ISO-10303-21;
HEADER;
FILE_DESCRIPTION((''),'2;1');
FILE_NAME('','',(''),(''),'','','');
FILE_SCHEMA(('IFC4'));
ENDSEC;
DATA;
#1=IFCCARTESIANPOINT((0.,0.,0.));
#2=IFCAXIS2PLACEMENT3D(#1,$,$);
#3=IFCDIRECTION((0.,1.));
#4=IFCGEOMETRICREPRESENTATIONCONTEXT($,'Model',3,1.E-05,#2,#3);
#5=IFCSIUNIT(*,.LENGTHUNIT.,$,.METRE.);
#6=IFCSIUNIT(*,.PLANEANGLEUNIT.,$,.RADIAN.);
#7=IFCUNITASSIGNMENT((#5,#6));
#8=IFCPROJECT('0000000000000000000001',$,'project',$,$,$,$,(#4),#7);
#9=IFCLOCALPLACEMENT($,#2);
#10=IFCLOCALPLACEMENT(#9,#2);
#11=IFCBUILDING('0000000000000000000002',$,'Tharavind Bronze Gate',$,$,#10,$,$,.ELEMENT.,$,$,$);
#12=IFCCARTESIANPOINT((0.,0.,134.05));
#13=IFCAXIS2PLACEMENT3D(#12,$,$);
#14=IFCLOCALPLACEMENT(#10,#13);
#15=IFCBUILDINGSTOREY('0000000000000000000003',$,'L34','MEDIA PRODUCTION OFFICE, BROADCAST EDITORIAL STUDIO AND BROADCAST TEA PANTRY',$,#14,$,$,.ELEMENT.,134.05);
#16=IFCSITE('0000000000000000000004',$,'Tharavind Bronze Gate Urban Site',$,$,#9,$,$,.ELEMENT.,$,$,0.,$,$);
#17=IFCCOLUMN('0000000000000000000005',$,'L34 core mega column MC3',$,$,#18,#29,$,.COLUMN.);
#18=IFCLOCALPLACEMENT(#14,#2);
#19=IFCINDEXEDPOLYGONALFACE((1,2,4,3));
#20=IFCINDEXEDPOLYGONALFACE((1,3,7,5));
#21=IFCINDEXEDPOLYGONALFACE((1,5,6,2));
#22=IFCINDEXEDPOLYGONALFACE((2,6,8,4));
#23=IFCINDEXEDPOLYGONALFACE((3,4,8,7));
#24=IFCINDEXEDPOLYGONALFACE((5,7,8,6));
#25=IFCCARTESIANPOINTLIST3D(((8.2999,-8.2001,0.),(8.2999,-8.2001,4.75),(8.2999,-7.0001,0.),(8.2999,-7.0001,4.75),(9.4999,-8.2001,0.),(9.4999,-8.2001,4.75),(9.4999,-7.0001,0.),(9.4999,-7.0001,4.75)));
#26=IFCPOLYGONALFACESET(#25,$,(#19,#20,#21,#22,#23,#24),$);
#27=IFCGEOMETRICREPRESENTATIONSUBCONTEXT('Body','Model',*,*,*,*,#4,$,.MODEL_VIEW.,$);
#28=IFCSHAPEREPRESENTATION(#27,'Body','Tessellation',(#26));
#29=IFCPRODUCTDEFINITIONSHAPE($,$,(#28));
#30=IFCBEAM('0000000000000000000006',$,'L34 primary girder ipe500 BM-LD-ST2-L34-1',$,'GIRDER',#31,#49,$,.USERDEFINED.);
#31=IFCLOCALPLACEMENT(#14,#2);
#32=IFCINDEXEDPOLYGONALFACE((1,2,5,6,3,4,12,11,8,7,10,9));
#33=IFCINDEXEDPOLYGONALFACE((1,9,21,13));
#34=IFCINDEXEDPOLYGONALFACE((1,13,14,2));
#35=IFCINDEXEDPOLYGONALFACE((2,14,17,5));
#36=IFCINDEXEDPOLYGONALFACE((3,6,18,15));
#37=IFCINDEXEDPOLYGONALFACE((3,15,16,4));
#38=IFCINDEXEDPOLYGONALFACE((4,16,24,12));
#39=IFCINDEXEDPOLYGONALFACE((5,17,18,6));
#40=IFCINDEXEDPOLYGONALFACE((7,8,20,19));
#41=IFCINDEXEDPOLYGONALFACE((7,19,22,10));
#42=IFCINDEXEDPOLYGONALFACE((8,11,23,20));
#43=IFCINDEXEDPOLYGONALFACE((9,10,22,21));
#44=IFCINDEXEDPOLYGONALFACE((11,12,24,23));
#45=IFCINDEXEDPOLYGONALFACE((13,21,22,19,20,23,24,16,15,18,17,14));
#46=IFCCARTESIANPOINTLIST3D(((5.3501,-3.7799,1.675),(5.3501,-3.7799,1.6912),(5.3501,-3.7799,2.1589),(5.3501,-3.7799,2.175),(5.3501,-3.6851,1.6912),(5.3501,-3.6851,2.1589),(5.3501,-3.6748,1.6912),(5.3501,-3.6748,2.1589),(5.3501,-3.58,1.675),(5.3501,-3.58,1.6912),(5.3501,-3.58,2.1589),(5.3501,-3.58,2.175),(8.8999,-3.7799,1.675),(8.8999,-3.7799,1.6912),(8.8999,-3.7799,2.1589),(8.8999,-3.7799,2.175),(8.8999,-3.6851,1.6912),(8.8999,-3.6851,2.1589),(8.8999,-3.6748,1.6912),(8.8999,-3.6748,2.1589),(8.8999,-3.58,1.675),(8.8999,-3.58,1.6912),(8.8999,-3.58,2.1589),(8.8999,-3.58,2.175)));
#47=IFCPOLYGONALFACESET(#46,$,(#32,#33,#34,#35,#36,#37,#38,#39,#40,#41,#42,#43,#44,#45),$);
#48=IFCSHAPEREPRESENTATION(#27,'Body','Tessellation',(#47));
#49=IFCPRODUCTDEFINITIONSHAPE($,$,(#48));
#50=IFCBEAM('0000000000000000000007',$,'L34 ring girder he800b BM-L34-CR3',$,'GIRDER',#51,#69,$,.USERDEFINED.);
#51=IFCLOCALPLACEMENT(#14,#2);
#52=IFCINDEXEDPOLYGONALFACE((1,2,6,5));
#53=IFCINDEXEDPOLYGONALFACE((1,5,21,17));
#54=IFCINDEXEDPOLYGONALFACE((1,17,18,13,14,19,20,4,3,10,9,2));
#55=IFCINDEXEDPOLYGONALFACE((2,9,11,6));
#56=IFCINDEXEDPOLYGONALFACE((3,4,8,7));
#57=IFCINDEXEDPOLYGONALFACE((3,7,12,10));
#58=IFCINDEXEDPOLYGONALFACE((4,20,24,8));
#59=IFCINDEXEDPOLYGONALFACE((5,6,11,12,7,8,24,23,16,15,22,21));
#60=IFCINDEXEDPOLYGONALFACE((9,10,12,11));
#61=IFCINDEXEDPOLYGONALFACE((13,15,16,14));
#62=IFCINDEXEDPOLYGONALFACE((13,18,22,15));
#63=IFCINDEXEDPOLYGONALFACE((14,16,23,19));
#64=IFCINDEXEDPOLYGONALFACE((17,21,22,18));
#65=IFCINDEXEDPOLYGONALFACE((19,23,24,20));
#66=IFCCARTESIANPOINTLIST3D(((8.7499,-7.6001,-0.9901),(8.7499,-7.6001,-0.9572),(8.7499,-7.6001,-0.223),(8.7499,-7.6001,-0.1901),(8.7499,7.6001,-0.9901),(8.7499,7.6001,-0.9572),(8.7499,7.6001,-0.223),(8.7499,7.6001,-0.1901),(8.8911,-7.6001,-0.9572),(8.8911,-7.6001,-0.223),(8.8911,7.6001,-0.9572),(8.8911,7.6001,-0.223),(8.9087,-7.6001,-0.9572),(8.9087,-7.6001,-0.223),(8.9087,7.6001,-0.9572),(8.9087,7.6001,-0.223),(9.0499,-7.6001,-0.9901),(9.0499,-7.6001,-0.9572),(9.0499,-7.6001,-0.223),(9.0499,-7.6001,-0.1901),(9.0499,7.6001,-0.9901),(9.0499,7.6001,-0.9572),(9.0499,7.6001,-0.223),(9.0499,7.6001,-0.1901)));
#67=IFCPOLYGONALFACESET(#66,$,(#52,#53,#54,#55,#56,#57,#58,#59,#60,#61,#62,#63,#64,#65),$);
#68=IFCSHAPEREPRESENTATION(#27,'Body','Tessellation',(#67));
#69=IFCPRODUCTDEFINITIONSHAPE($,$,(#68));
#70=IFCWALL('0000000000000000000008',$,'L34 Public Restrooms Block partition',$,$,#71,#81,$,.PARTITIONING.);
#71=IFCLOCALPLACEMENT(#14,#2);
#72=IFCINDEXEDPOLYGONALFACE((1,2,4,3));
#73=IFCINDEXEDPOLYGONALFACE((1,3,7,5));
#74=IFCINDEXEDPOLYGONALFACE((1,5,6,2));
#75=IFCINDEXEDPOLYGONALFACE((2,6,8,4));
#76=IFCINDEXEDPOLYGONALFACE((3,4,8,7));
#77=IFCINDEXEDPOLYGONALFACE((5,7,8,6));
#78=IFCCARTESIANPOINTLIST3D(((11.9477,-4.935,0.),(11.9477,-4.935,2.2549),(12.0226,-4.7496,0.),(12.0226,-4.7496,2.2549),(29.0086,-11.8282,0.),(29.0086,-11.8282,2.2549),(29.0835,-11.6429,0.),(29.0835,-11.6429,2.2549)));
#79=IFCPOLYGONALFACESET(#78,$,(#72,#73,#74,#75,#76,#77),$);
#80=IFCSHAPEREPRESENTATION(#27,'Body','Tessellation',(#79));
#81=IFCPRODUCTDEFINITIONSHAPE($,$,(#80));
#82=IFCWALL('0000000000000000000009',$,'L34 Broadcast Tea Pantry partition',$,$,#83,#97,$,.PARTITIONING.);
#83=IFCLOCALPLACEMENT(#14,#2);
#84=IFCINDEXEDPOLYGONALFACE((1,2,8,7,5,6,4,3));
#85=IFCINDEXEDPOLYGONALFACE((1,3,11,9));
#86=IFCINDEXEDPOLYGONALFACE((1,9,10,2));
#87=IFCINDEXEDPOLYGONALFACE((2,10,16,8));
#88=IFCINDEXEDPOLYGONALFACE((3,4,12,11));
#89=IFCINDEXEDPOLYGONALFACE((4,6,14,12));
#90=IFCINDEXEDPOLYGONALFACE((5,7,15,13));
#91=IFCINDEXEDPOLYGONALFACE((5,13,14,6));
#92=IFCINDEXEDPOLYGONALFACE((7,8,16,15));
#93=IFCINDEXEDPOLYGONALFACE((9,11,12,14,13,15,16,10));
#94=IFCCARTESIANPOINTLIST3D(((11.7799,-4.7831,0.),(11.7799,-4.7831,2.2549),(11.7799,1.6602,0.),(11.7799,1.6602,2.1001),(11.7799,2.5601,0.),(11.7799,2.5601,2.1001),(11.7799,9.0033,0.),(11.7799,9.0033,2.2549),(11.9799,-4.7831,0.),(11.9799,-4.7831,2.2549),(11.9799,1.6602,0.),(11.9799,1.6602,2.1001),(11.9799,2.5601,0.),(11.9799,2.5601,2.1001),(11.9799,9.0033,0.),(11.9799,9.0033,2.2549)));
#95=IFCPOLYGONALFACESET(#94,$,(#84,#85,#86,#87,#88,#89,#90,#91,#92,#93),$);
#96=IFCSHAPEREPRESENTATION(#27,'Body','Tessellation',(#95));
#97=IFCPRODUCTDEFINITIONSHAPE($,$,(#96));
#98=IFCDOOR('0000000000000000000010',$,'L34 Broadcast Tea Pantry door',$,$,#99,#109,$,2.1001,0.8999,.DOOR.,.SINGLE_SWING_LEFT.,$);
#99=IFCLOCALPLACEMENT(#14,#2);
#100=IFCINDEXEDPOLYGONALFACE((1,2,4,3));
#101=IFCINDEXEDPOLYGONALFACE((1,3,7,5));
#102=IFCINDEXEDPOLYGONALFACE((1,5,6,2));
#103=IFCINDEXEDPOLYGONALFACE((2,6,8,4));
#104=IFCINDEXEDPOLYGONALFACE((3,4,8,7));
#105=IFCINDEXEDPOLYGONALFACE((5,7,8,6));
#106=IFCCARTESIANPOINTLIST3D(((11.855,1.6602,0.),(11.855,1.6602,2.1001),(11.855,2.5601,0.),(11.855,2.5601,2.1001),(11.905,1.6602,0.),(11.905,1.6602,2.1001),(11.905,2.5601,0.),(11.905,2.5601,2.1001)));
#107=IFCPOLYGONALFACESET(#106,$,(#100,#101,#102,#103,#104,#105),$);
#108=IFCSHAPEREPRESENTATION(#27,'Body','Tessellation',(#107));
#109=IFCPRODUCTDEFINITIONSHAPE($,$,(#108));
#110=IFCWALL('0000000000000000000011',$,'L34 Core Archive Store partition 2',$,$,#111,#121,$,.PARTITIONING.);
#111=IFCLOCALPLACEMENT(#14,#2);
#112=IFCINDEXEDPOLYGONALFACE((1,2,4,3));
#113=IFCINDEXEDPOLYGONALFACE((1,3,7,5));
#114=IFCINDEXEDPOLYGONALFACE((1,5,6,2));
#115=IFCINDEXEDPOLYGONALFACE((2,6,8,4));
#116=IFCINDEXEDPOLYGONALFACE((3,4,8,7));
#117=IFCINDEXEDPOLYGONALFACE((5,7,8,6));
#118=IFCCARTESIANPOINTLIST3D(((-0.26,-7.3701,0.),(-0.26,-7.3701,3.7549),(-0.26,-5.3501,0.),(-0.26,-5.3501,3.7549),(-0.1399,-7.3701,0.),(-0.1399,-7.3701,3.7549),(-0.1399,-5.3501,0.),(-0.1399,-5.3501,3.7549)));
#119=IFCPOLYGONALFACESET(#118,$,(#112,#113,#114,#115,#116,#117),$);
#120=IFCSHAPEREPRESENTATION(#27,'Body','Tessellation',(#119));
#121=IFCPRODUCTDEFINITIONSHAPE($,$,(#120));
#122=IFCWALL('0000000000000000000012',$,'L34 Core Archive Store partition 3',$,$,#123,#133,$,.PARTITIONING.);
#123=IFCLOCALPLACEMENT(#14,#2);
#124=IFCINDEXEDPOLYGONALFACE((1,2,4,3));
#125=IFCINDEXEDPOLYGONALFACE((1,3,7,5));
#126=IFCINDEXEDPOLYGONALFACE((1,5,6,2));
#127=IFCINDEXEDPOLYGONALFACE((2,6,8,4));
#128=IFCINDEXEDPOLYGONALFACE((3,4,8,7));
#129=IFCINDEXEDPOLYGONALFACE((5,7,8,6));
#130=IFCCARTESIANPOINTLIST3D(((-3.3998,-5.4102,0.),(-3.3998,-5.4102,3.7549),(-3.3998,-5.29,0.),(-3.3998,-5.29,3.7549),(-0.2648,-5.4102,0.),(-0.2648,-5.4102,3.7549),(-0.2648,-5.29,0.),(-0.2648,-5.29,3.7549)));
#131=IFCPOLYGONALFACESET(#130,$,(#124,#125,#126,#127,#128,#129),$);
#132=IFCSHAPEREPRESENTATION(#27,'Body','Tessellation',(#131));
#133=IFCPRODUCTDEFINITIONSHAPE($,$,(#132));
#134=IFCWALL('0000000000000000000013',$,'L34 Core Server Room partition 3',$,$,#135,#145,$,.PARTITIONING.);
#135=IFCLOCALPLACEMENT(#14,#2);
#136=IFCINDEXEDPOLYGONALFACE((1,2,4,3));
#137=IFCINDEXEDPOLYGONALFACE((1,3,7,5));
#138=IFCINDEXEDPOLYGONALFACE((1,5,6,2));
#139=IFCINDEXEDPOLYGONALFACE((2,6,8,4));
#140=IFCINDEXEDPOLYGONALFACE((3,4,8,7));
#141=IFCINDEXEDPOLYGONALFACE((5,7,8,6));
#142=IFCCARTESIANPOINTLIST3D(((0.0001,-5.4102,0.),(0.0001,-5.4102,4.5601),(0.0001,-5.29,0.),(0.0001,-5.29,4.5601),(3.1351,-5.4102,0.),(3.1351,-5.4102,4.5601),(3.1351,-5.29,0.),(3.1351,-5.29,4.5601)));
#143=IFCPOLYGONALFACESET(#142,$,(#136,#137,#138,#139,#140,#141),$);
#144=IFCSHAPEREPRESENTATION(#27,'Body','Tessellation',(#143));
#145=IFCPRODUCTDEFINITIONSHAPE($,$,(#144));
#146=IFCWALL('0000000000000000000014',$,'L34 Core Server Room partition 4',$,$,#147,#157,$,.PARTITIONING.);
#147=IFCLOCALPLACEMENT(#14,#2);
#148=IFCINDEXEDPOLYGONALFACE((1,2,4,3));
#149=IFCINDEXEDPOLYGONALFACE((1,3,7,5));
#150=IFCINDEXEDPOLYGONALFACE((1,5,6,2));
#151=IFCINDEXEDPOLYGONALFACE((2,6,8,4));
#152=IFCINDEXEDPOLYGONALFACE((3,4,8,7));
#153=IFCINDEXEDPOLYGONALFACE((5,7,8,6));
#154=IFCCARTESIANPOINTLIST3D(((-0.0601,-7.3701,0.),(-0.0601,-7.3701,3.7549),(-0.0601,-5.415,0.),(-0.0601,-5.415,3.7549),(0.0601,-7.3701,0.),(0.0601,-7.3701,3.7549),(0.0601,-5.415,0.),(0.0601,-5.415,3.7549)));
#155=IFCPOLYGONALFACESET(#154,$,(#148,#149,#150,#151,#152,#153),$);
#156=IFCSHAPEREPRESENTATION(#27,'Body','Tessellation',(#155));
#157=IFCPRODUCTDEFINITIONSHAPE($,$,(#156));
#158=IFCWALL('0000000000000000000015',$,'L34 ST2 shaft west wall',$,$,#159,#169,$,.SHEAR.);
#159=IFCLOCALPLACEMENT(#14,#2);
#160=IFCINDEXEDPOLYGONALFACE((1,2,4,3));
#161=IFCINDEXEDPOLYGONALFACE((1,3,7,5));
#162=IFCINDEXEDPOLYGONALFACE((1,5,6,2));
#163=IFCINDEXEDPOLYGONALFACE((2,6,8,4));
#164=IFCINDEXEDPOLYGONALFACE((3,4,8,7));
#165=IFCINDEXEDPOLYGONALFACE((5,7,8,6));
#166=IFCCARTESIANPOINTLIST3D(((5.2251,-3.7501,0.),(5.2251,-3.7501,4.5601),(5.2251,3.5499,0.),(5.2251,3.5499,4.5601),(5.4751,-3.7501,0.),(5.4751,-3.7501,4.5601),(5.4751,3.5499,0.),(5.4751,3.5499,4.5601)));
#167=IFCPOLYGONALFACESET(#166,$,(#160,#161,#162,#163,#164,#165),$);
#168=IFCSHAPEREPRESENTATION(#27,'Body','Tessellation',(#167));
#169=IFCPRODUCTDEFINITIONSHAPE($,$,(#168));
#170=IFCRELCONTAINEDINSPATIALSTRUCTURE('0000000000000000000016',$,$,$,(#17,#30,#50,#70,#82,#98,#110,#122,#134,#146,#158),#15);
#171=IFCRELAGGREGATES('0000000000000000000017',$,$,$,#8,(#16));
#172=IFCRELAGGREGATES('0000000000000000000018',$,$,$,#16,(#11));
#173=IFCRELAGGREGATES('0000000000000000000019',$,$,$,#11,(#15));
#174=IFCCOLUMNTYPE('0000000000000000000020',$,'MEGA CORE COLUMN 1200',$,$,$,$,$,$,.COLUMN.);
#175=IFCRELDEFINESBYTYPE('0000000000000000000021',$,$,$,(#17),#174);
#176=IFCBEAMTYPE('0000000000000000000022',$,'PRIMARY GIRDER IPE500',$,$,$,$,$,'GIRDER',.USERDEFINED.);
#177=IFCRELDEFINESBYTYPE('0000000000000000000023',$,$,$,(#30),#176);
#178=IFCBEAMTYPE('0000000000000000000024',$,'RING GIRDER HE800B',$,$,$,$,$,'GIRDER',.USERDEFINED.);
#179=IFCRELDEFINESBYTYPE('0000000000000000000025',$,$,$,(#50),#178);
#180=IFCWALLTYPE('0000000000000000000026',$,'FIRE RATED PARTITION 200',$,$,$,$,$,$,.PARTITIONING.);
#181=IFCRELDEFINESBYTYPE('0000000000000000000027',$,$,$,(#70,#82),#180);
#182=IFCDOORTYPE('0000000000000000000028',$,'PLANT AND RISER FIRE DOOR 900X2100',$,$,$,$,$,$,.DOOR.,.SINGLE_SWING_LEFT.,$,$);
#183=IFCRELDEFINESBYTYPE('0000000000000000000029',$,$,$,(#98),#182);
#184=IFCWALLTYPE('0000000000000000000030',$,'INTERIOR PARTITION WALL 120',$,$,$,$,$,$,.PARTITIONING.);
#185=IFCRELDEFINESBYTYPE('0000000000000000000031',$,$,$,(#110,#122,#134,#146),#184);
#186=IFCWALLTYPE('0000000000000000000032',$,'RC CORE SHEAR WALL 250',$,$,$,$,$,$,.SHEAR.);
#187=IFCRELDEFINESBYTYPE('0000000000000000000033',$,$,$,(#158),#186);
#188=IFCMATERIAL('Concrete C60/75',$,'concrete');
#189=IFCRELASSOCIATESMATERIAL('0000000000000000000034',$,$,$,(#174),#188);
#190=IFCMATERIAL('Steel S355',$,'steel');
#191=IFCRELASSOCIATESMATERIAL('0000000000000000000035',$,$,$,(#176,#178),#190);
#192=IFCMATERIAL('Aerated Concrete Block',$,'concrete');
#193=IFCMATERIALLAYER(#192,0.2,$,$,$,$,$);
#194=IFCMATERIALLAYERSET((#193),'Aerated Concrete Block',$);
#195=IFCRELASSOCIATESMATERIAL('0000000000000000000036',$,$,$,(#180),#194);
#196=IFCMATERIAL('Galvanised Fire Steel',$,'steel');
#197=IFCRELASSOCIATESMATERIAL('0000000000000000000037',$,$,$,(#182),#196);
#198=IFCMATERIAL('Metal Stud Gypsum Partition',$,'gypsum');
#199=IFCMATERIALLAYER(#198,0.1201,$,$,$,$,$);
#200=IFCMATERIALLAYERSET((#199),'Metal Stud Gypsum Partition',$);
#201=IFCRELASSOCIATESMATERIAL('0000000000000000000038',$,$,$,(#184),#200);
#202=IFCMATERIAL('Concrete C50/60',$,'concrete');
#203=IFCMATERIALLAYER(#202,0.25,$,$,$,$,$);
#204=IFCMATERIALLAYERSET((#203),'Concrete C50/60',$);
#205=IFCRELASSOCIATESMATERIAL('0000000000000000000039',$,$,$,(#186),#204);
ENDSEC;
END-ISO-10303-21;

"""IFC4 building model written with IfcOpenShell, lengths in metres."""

from ifc_helpers import new_model, si_unit, direction, frame, frame_2d, origin, origin_2d, place, context, subcontext, project, spatial, rectangle, i_section, extrude, material, layer, layer_set, material_profile, profile_set, type_object, element, fill, save


model = new_model("IFC4")

# Units and contexts
model_context = context("Model", 3, precision=1e-05, world=origin(), true_north=direction((0.0, 1.0)))
body_context = subcontext(model_context, "Body", "Model", "MODEL_VIEW")
ifc_project = project(units=[si_unit("LENGTHUNIT", "METRE"), si_unit("PLANEANGLEUNIT", "RADIAN")], contexts=[model_context])

# Site, building, storey
site_placement = place(None, origin())
site = spatial("IfcSite", under=ifc_project, at=site_placement, Name="Tharavind Bronze Gate Urban Site", CompositionType="ELEMENT", RefElevation=0.0)
building_placement = place(site_placement, origin())
building = spatial("IfcBuilding", under=site, at=building_placement, Name="Tharavind Bronze Gate", CompositionType="ELEMENT")
storey_placement = place(building_placement, frame((0.0, 0.0, 134.05)))
storey = spatial("IfcBuildingStorey", under=building, at=storey_placement, Name="L34", Description="MEDIA PRODUCTION OFFICE, BROADCAST EDITORIAL STUDIO AND BROADCAST TEA PANTRY", CompositionType="ELEMENT", Elevation=134.05)

# Column
ifc_material_1 = material(Name="Concrete C60/75", Category="concrete")
ifc_material_profile_1 = material_profile(ifc_material_1, rectangle(XDim=1.2, YDim=1.2, at=origin_2d()), Name="RCCOL1200")
ifc_profile_set_1 = profile_set([ifc_material_profile_1], Name="Concrete C60/75")
column_type = type_object("IfcColumnType", Name="MEGA CORE COLUMN 1200", PredefinedType="COLUMN", material=ifc_profile_set_1)
column_placement = place(storey_placement, frame((8.8999, -7.6001, 0.0), z_axis=(0.0, 0.0, 1.0), x_axis=(1.0, 0.0, 0.0)))
element("IfcColumn", 1, at=column_placement, inside=storey, type_object=column_type, Name="L34 core mega column MC3", PredefinedType="COLUMN", context=body_context, shape_type="SweptSolid", body=[
    extrude(rectangle(XDim=1.2, YDim=1.2, at=origin_2d()), origin(), (0.0, 0.0, 1.0), 4.75),
])

# Beams
ifc_material_2 = material(Name="Steel S355", Category="steel")
ifc_material_profile_2 = material_profile(ifc_material_2, i_section(OverallWidth=0.2, OverallDepth=0.5, WebThickness=0.0103, FlangeThickness=0.0161, at=origin_2d()), Name="IPE500")
ifc_profile_set_2 = profile_set([ifc_material_profile_2], Name="Steel S355")
beam_type_1 = type_object("IfcBeamType", Name="PRIMARY GIRDER IPE500", ElementType="GIRDER", PredefinedType="USERDEFINED", material=ifc_profile_set_2)
beam_1_placement = place(storey_placement, frame((5.3501, -3.6799, 1.925), z_axis=(1.0, 0.0, 0.0), x_axis=(0.0, 1.0, 0.0)))
element("IfcBeam", 2, at=beam_1_placement, inside=storey, type_object=beam_type_1, Name="L34 primary girder ipe500 BM-LD-ST2-L34-1", ObjectType="GIRDER", PredefinedType="USERDEFINED", context=body_context, shape_type="SweptSolid", body=[
    extrude(i_section(OverallWidth=0.2, OverallDepth=0.5, WebThickness=0.0103, FlangeThickness=0.0161, at=origin_2d()), origin(), (0.0, 0.0, 1.0), 3.5498),
])
ifc_material_profile_3 = material_profile(ifc_material_2, i_section(OverallWidth=0.3, OverallDepth=0.8, WebThickness=0.0176, FlangeThickness=0.033, at=origin_2d()), Name="HE800B")
ifc_profile_set_3 = profile_set([ifc_material_profile_3], Name="Steel S355")
beam_type_2 = type_object("IfcBeamType", Name="RING GIRDER HE800B", ElementType="GIRDER", PredefinedType="USERDEFINED", material=ifc_profile_set_3)
beam_2_placement = place(storey_placement, frame((8.8999, -7.6001, -0.5901), z_axis=(0.0, 1.0, 0.0), x_axis=(-1.0, 0.0, 0.0)))
element("IfcBeam", 3, at=beam_2_placement, inside=storey, type_object=beam_type_2, Name="L34 ring girder he800b BM-L34-CR3", ObjectType="GIRDER", PredefinedType="USERDEFINED", context=body_context, shape_type="SweptSolid", body=[
    extrude(i_section(OverallWidth=0.3, OverallDepth=0.8, WebThickness=0.0176, FlangeThickness=0.033, at=origin_2d()), origin(), (0.0, 0.0, 1.0), 15.2002),
])

# Wall
ifc_material_3 = material(Name="Aerated Concrete Block", Category="concrete")
ifc_layer_1 = layer(ifc_material_3, 0.2)
ifc_layer_set_1 = layer_set([ifc_layer_1], Name="Aerated Concrete Block")
wall_type_1 = type_object("IfcWallType", Name="FIRE RATED PARTITION 200", PredefinedType="PARTITIONING", material=ifc_layer_set_1)
wall_1_placement = place(storey_placement, frame((11.9851, -4.8423, 0.0), z_axis=(0.0, 0.0, 1.0), x_axis=(0.92718, -0.374616, 0.0)))
element("IfcWall", 4, at=wall_1_placement, inside=storey, type_object=wall_type_1, Name="L34 Public Restrooms Block partition", PredefinedType="PARTITIONING", context=body_context, shape_type="SweptSolid", body=[
    extrude(rectangle(XDim=18.4009, YDim=0.2, at=frame_2d((9.2004, 0.0))), origin(), (0.0, 0.0, 1.0), 2.2549),
])

# Wall, opening, door
wall_2_placement = place(storey_placement, frame((11.8799, -4.783, 0.0), z_axis=(0.0, 0.0, 1.0), x_axis=(0.0, 1.0, 0.0)))
wall_2 = element("IfcWall", 5, at=wall_2_placement, inside=storey, type_object=wall_type_1, Name="L34 Broadcast Tea Pantry partition", PredefinedType="PARTITIONING", context=body_context, shape_type="SweptSolid", body=[
    extrude(rectangle(XDim=13.7864, YDim=0.2, at=frame_2d((6.8931, 0.0))), origin(), (0.0, 0.0, 1.0), 2.2549),
])
opening_1_placement = place(wall_2_placement, frame((6.4431, 0.0, 0.0)))
opening_1 = element("IfcOpeningElement", 6, at=opening_1_placement, cuts=wall_2, PredefinedType="OPENING", context=body_context, shape_type="SweptSolid", body=[
    extrude(rectangle(XDim=0.8999, YDim=2.1001, at=frame_2d((0.45, 1.05))), frame((0.0, 0.1101, 0.0), z_axis=(0.0, -1.0, 0.0), x_axis=(1.0, 0.0, 0.0)), (0.0, 0.0, 1.0), 0.22),
])
ifc_material_4 = material(Name="Galvanised Fire Steel", Category="steel")
door_type_1 = type_object("IfcDoorType", Name="PLANT AND RISER FIRE DOOR 900X2100", OperationType="SINGLE_SWING_LEFT", PredefinedType="DOOR", material=ifc_material_4)
door_1_placement = place(opening_1_placement, origin())
door_1 = element("IfcDoor", 7, at=door_1_placement, inside=storey, type_object=door_type_1, Name="L34 Broadcast Tea Pantry door", OperationType="SINGLE_SWING_LEFT", OverallHeight=2.1001, OverallWidth=0.8999, PredefinedType="DOOR", context=body_context, shape_type="SweptSolid", body=[
    extrude(rectangle(XDim=0.8999, YDim=2.1001, at=frame_2d((0.45, 1.05))), frame((0.0, 0.0249, 0.0), z_axis=(0.0, -1.0, 0.0), x_axis=(1.0, 0.0, 0.0)), (0.0, 0.0, 1.0), 0.05),
])
fill(opening_1, door_1)

# Walls
ifc_material_5 = material(Name="Metal Stud Gypsum Partition", Category="gypsum")
ifc_layer_2 = layer(ifc_material_5, 0.1201)
ifc_layer_set_2 = layer_set([ifc_layer_2], Name="Metal Stud Gypsum Partition")
wall_type_2 = type_object("IfcWallType", Name="INTERIOR PARTITION WALL 120", PredefinedType="PARTITIONING", material=ifc_layer_set_2)
wall_3_placement = place(storey_placement, frame((-0.2, -7.3701, 0.0), z_axis=(0.0, 0.0, 1.0), x_axis=(0.0, 1.0, 0.0)))
element("IfcWall", 8, at=wall_3_placement, inside=storey, type_object=wall_type_2, Name="L34 Core Archive Store partition 2", PredefinedType="PARTITIONING", context=body_context, shape_type="SweptSolid", body=[
    extrude(rectangle(XDim=2.02, YDim=0.1201, at=frame_2d((1.01, 0.0))), origin(), (0.0, 0.0, 1.0), 3.7549),
])
wall_4_placement = place(storey_placement, frame((-0.2649, -5.3501, 0.0), z_axis=(0.0, 0.0, 1.0), x_axis=(-1.0, 0.0, 0.0)))
element("IfcWall", 9, at=wall_4_placement, inside=storey, type_object=wall_type_2, Name="L34 Core Archive Store partition 3", PredefinedType="PARTITIONING", context=body_context, shape_type="SweptSolid", body=[
    extrude(rectangle(XDim=3.135, YDim=0.1201, at=frame_2d((1.5674, 0.0))), origin(), (0.0, 0.0, 1.0), 3.7549),
])
wall_5_placement = place(storey_placement, frame((3.135, -5.3501, 0.0), z_axis=(0.0, 0.0, 1.0), x_axis=(-1.0, 0.0, 0.0)))
element("IfcWall", 10, at=wall_5_placement, inside=storey, type_object=wall_type_2, Name="L34 Core Server Room partition 3", PredefinedType="PARTITIONING", context=body_context, shape_type="SweptSolid", body=[
    extrude(rectangle(XDim=3.135, YDim=0.1201, at=frame_2d((1.5674, 0.0))), origin(), (0.0, 0.0, 1.0), 4.5601),
])
wall_6_placement = place(storey_placement, frame((0.0, -5.415, 0.0), z_axis=(0.0, 0.0, 1.0), x_axis=(0.0, -1.0, 0.0)))
element("IfcWall", 11, at=wall_6_placement, inside=storey, type_object=wall_type_2, Name="L34 Core Server Room partition 4", PredefinedType="PARTITIONING", context=body_context, shape_type="SweptSolid", body=[
    extrude(rectangle(XDim=1.9551, YDim=0.1201, at=frame_2d((0.9775, 0.0))), origin(), (0.0, 0.0, 1.0), 3.7549),
])
ifc_material_6 = material(Name="Concrete C50/60", Category="concrete")
ifc_layer_3 = layer(ifc_material_6, 0.25)
ifc_layer_set_3 = layer_set([ifc_layer_3], Name="Concrete C50/60")
wall_type_3 = type_object("IfcWallType", Name="RC CORE SHEAR WALL 250", PredefinedType="SHEAR", material=ifc_layer_set_3)
wall_7_placement = place(storey_placement, frame((5.3501, -3.75, 0.0), z_axis=(0.0, 0.0, 1.0), x_axis=(0.0, 1.0, 0.0)))
element("IfcWall", 12, at=wall_7_placement, inside=storey, type_object=wall_type_3, Name="L34 ST2 shaft west wall", PredefinedType="SHEAR", context=body_context, shape_type="SweptSolid", body=[
    extrude(rectangle(XDim=7.3, YDim=0.25, at=frame_2d((3.6499, 0.0))), origin(), (0.0, 0.0, 1.0), 4.5601),
])

save(model, "model.ifc")
